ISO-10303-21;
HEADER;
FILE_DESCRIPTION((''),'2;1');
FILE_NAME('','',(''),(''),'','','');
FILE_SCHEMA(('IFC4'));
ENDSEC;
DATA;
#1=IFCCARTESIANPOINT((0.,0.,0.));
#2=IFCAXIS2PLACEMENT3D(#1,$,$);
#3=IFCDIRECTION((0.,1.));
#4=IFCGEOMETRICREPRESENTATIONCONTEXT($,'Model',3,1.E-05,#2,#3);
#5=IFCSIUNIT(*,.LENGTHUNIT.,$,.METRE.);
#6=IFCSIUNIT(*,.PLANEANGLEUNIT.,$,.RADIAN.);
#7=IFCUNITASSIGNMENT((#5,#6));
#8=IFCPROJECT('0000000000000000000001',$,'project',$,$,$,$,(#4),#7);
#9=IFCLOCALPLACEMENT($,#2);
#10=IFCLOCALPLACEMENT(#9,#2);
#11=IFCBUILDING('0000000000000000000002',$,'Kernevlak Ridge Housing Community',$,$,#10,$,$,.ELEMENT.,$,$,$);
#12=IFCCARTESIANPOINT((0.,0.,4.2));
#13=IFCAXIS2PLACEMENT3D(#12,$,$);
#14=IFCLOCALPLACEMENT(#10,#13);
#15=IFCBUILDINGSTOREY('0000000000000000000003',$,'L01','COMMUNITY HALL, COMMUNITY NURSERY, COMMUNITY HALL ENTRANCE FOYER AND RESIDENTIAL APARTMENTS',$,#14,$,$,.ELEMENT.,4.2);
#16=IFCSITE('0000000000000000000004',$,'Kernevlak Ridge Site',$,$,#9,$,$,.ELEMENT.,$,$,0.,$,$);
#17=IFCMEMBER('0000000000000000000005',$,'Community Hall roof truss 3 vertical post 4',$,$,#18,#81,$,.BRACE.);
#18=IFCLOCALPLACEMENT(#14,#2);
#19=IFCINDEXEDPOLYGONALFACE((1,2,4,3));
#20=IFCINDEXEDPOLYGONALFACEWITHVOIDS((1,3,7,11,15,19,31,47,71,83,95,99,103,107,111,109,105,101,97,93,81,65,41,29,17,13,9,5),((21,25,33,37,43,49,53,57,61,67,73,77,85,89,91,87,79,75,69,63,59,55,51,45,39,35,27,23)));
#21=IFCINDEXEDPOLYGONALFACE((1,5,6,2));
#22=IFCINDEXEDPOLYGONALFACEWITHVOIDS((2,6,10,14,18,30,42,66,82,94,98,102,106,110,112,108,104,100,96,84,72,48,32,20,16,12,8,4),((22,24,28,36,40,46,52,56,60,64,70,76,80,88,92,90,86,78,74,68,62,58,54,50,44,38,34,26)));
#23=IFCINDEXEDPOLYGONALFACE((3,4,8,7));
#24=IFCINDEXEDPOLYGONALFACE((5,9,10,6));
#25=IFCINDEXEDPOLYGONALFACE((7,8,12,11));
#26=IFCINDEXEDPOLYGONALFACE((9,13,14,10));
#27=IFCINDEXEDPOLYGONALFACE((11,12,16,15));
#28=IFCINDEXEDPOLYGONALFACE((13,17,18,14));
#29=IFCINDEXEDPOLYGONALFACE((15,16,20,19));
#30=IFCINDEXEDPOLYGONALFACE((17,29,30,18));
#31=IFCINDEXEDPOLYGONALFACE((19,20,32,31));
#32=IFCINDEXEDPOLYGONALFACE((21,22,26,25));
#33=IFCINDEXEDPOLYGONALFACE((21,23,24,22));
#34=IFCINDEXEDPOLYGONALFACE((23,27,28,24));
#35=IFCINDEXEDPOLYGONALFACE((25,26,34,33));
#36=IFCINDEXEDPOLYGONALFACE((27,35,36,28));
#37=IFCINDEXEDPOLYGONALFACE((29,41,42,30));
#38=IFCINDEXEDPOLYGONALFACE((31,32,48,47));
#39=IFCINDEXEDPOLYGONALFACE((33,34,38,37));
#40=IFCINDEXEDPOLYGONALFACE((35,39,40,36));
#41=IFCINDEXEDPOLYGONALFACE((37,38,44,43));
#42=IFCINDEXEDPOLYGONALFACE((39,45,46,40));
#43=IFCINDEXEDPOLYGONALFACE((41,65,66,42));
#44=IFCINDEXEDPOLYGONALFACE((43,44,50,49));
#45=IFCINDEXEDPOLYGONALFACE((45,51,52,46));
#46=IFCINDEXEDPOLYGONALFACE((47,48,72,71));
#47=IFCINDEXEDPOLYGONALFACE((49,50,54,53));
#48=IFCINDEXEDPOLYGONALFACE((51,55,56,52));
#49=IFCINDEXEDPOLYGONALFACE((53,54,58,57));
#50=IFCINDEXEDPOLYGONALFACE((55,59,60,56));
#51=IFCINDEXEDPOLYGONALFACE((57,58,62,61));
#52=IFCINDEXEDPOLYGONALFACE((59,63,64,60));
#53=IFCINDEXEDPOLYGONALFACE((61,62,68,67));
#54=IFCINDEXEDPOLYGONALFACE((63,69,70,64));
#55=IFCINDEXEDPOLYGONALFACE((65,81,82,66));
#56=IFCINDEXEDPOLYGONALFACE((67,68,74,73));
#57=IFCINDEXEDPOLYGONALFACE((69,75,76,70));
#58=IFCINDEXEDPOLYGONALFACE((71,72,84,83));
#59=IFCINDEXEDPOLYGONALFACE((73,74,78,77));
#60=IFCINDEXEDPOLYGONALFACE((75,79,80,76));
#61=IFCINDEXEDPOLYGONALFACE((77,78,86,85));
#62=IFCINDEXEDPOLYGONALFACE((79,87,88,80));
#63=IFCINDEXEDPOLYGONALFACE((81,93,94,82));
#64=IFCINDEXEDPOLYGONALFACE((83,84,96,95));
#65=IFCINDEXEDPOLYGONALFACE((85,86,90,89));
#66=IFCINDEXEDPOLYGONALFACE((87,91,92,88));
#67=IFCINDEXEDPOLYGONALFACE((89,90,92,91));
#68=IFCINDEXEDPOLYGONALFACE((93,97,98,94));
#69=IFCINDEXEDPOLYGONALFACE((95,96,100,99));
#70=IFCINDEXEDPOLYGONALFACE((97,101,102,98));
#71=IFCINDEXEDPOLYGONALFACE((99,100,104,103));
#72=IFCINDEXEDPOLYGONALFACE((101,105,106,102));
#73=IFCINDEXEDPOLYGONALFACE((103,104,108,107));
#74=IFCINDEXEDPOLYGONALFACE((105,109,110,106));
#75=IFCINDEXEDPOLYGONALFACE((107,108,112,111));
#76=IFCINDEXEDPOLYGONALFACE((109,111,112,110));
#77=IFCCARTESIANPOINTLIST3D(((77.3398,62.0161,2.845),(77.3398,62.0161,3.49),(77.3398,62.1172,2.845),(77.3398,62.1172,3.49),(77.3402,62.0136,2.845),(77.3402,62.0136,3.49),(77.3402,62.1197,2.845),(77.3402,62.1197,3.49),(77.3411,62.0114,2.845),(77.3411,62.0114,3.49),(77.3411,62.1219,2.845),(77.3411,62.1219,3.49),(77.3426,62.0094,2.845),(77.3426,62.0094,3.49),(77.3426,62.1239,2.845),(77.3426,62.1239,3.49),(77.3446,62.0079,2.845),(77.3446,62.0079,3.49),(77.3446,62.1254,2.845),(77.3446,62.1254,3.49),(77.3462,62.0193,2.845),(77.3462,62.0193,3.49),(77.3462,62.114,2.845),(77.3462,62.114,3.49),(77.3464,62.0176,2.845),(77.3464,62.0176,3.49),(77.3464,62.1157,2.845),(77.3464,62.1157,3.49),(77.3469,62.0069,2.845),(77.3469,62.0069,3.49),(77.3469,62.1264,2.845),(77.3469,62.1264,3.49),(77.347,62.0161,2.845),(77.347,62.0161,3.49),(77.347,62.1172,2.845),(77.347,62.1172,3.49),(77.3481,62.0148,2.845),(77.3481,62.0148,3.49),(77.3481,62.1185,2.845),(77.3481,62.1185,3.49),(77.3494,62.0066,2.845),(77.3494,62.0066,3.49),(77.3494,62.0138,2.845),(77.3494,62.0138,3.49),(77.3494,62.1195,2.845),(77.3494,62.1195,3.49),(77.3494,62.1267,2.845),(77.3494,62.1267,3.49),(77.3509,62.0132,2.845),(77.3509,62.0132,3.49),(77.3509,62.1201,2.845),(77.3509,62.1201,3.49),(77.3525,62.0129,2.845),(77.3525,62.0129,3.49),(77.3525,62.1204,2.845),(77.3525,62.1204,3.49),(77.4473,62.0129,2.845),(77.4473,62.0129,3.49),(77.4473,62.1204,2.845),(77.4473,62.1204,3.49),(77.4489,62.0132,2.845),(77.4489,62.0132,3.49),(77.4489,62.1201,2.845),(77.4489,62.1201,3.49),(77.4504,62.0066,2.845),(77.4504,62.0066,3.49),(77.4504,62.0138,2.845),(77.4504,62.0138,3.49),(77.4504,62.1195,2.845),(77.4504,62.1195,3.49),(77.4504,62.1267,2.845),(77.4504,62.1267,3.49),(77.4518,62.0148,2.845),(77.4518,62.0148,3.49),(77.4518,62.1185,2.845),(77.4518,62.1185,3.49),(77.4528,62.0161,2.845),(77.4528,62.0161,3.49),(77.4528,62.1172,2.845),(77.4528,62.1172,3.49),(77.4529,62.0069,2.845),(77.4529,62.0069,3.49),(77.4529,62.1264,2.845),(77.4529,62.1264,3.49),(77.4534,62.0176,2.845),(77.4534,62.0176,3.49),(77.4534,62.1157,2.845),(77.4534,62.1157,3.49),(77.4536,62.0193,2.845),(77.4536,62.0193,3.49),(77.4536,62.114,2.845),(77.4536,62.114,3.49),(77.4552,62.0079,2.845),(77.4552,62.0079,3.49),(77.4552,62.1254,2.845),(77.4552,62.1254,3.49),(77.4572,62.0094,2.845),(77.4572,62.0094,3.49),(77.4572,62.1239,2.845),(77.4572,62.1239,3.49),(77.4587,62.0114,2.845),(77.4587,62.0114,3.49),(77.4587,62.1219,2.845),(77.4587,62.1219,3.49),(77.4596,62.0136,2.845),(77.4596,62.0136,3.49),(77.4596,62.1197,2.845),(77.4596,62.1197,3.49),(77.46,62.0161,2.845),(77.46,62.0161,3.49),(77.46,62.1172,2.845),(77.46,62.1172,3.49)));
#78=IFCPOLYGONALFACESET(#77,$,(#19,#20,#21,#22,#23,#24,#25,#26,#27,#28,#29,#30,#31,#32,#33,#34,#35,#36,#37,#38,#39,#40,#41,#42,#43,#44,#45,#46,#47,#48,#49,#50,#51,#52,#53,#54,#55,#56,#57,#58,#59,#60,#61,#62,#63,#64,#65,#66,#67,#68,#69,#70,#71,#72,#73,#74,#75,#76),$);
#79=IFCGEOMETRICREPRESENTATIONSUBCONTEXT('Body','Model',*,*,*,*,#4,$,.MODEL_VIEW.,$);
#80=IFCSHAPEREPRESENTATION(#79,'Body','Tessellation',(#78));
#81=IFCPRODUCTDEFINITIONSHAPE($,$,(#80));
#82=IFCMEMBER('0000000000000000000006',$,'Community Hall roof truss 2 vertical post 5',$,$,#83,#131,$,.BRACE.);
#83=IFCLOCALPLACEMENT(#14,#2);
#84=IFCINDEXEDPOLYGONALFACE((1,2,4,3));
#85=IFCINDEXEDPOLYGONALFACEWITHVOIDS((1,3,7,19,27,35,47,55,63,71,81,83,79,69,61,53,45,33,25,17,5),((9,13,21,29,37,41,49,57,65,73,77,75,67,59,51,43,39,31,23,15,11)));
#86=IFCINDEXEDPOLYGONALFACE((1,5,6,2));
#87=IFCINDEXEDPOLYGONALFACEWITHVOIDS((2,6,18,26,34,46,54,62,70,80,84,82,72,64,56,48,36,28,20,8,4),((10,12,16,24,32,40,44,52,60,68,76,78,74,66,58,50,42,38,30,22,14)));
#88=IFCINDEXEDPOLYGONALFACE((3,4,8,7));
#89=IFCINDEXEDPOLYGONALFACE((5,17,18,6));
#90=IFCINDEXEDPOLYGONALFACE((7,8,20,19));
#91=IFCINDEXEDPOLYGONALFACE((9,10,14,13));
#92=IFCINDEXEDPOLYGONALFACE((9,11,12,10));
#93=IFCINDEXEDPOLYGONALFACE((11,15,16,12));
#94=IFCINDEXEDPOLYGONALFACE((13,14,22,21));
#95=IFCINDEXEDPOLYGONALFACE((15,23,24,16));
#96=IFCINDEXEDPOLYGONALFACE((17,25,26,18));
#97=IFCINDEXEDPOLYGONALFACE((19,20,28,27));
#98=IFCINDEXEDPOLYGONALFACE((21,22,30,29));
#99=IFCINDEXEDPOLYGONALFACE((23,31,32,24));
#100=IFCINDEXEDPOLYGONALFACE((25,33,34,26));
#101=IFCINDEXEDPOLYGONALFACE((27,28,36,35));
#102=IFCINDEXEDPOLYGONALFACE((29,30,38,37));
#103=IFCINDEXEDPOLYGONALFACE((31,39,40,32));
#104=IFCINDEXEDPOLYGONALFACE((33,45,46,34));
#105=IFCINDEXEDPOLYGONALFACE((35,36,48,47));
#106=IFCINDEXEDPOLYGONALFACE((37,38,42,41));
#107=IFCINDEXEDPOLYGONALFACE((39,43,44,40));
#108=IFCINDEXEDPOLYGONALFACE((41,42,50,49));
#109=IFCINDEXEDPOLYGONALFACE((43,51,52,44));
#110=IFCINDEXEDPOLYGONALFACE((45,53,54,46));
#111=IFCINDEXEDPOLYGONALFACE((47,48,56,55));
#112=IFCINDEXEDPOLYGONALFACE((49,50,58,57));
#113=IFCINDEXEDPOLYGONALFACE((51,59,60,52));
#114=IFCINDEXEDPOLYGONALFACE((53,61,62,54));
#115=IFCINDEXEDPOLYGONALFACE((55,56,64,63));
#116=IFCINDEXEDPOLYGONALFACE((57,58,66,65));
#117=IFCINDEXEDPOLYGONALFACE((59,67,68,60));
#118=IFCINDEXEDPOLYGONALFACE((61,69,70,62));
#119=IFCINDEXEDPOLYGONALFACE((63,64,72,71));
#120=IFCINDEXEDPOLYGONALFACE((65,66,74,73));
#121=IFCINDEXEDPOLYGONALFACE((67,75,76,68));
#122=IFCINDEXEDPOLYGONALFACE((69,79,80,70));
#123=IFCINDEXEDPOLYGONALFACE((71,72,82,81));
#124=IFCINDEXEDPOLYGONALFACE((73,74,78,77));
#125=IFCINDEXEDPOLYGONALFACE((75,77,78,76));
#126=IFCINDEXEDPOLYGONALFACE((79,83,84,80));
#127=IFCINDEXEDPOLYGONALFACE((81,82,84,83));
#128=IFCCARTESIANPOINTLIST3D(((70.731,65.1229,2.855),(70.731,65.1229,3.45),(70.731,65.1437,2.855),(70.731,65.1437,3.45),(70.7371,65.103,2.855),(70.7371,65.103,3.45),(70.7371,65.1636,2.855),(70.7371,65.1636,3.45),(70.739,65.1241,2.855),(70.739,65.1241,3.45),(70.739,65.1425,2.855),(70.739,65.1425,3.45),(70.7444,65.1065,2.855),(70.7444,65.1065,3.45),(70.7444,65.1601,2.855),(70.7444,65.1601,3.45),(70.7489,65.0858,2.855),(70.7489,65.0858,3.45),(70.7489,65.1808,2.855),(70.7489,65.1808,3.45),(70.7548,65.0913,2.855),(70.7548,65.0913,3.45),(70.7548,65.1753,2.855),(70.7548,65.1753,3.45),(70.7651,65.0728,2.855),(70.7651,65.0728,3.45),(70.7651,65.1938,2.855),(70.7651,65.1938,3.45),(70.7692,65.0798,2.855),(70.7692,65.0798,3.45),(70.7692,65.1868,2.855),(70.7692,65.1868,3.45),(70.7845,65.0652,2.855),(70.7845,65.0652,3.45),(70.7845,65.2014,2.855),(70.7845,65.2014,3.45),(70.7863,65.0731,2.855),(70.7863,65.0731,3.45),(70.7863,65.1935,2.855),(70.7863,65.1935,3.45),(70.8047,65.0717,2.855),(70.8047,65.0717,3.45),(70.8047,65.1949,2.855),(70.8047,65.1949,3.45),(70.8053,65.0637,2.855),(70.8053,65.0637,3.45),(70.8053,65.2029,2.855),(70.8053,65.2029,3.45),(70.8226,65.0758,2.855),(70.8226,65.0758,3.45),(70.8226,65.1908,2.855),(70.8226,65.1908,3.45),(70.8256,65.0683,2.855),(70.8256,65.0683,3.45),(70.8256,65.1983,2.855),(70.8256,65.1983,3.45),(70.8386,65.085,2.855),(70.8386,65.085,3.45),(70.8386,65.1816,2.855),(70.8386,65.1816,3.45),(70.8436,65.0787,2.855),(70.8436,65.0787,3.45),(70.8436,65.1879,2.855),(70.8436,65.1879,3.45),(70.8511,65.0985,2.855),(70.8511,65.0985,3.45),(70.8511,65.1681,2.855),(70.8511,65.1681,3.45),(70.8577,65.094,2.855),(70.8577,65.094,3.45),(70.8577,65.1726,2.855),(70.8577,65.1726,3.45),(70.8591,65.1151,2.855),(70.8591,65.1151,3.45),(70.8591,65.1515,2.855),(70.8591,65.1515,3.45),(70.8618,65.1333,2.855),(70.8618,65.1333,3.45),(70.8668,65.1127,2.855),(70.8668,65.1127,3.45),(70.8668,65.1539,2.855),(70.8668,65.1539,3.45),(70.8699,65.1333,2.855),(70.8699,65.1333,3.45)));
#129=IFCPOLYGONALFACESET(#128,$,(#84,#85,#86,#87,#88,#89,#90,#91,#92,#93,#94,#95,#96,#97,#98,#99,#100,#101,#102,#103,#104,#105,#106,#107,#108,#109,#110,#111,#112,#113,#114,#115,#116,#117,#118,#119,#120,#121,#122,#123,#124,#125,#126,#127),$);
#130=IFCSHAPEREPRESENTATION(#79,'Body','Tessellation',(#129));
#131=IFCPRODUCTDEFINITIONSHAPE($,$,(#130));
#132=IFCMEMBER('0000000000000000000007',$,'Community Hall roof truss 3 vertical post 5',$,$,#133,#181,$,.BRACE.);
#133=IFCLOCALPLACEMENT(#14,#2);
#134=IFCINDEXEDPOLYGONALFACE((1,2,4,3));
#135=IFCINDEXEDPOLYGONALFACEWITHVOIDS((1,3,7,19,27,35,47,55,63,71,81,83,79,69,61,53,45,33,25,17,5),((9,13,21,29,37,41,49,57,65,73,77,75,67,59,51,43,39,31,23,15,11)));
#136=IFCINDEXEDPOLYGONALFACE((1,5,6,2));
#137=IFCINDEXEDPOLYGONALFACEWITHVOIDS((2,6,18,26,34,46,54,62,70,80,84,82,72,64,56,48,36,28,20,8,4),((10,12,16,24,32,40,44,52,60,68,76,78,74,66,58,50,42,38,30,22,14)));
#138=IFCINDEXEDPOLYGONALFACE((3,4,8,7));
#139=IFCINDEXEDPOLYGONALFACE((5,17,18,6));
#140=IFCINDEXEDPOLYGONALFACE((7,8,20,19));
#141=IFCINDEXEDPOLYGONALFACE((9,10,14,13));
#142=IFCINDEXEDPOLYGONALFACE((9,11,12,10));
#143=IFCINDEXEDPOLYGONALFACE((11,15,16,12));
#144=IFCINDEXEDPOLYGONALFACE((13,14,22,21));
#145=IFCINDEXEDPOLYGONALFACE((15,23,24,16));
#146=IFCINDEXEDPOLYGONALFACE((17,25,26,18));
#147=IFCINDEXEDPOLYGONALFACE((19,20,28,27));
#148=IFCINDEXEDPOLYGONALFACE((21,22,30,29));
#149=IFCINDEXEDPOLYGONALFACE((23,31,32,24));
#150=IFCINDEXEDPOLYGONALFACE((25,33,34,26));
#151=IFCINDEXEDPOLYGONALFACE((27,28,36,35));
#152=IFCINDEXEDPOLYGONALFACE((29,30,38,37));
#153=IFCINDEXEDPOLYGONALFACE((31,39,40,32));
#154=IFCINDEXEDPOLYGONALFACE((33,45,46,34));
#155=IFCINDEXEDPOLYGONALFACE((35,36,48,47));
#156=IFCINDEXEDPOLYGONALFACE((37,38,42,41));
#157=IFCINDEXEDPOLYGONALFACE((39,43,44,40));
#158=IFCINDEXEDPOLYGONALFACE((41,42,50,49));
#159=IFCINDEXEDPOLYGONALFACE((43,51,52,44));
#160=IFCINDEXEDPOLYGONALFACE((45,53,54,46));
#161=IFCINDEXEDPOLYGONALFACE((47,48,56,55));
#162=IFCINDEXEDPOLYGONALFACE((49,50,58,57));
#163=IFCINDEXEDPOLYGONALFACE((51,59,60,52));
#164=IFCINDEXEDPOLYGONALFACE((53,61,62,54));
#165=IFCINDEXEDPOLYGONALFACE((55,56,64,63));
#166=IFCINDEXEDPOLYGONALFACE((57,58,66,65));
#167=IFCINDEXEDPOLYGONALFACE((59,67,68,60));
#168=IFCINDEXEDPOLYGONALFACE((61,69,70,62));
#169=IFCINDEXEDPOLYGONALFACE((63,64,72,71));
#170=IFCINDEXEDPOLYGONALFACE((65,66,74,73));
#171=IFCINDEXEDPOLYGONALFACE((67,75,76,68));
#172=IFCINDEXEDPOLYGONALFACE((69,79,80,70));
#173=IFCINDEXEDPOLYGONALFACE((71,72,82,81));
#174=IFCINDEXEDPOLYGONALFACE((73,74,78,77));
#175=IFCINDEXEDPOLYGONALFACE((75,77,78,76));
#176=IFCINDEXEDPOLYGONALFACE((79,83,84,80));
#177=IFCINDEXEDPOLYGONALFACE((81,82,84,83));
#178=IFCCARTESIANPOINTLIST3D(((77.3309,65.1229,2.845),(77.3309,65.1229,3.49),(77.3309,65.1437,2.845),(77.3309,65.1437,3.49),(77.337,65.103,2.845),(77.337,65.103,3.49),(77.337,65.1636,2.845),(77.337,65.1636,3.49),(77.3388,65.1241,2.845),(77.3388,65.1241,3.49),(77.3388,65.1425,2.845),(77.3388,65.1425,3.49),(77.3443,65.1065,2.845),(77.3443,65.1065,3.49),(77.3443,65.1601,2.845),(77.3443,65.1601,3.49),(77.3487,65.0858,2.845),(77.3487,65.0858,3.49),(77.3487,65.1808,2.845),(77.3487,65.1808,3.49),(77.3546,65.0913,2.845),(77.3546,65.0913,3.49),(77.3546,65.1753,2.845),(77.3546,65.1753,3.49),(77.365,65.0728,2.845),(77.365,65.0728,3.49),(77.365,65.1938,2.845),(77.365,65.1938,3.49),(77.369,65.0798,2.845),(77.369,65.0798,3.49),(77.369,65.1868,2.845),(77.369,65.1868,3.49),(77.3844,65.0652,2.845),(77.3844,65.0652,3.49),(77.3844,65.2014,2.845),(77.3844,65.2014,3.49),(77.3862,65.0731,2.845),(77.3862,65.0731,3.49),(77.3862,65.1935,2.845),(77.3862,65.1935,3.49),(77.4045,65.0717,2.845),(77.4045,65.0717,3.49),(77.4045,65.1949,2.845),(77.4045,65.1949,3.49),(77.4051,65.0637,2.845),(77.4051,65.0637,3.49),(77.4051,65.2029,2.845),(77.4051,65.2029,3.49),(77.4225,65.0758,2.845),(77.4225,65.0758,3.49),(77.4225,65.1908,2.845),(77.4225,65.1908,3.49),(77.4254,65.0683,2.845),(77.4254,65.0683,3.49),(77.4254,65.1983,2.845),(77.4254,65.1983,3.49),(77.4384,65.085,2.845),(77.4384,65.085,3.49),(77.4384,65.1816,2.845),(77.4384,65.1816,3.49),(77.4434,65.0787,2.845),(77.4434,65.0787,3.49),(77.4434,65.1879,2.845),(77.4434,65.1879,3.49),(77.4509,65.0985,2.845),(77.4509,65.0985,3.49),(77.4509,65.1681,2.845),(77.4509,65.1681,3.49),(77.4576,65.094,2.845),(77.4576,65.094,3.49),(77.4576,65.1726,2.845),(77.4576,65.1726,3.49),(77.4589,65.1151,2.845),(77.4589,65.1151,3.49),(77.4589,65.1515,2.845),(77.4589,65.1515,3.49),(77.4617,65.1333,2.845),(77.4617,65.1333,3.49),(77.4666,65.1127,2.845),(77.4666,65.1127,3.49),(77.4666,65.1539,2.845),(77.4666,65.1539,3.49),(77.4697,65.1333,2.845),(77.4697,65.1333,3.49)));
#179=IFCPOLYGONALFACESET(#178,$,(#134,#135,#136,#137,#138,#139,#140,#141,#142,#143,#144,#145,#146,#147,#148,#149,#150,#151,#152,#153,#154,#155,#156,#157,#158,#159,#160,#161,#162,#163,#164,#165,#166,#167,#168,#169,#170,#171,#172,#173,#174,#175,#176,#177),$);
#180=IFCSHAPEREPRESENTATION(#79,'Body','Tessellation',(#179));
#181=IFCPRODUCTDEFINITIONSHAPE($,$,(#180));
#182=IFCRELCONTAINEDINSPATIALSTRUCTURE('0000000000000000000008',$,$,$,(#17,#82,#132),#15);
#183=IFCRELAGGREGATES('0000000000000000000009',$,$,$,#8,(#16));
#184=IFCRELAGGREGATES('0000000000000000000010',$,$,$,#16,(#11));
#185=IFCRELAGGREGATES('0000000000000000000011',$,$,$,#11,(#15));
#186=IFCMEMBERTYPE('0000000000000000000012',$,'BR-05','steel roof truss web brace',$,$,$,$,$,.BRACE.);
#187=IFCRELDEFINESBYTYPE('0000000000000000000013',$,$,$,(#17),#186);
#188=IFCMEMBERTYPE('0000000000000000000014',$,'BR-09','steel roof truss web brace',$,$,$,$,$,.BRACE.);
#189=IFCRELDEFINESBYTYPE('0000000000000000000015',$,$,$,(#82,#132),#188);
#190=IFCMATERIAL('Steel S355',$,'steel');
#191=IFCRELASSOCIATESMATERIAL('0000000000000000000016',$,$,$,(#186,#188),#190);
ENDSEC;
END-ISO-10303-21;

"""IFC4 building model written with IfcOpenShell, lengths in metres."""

from ifc_helpers import new_model, si_unit, direction, frame, origin, origin_2d, place, context, subcontext, project, spatial, hollow_rectangle, hollow_circle, extrude, material, material_profile, profile_set, type_object, element, save


model = new_model("IFC4")

# Units and contexts
model_context = context("Model", 3, precision=1e-05, world=origin(), true_north=direction((0.0, 1.0)))
body_context = subcontext(model_context, "Body", "Model", "MODEL_VIEW")
ifc_project = project(units=[si_unit("LENGTHUNIT", "METRE"), si_unit("PLANEANGLEUNIT", "RADIAN")], contexts=[model_context])

# Site, building, storey
site_placement = place(None, origin())
site = spatial("IfcSite", under=ifc_project, at=site_placement, Name="Kernevlak Ridge Site", CompositionType="ELEMENT", RefElevation=0.0)
building_placement = place(site_placement, origin())
building = spatial("IfcBuilding", under=site, at=building_placement, Name="Kernevlak Ridge Housing Community", CompositionType="ELEMENT")
storey_placement = place(building_placement, frame((0.0, 0.0, 4.2)))
storey = spatial("IfcBuildingStorey", under=building, at=storey_placement, Name="L01", Description="COMMUNITY HALL, COMMUNITY NURSERY, COMMUNITY HALL ENTRANCE FOYER AND RESIDENTIAL APARTMENTS", CompositionType="ELEMENT", Elevation=4.2)

# Shared definitions
ifc_material_1 = material(Name="Steel S355", Category="steel")

# Members
ifc_material_profile_1 = material_profile(ifc_material_1, hollow_rectangle(XDim=0.1201, YDim=0.1201, WallThickness=0.0063, InnerFilletRadius=0.0063, OuterFilletRadius=0.0095, at=origin_2d()), Name="SHS 120x120x6.3")
ifc_profile_set_1 = profile_set([ifc_material_profile_1], Name="Steel S355")
member_type_1 = type_object("IfcMemberType", Name="BR-05", Description="steel roof truss web brace", PredefinedType="BRACE", material=ifc_profile_set_1)
member_1_placement = place(storey_placement, frame((77.3999, 62.0667, 2.845), z_axis=(0.0, 0.0, 1.0), x_axis=(1.0, 0.0, 0.0)))
element("IfcMember", 1, at=member_1_placement, inside=storey, type_object=member_type_1, Name="Community Hall roof truss 3 vertical post 4", PredefinedType="BRACE", context=body_context, shape_type="SweptSolid", body=[
    extrude(hollow_rectangle(XDim=0.1201, YDim=0.1201, WallThickness=0.0063, InnerFilletRadius=0.0063, OuterFilletRadius=0.0095, at=origin_2d()), origin(), (0.0, 0.0, 1.0), 0.645),
])
ifc_material_profile_2 = material_profile(ifc_material_1, hollow_circle(Radius=0.0698, WallThickness=0.0081, at=origin_2d()), Name="CHS 139.7x8")
ifc_profile_set_2 = profile_set([ifc_material_profile_2], Name="Steel S355")
member_type_2 = type_object("IfcMemberType", Name="BR-09", Description="steel roof truss web brace", PredefinedType="BRACE", material=ifc_profile_set_2)
member_2_placement = place(storey_placement, frame((70.8, 65.1333, 2.855), z_axis=(0.0, 0.0, 1.0), x_axis=(1.0, 0.0, 0.0)))
element("IfcMember", 2, at=member_2_placement, inside=storey, type_object=member_type_2, Name="Community Hall roof truss 2 vertical post 5", PredefinedType="BRACE", context=body_context, shape_type="SweptSolid", body=[
    extrude(hollow_circle(Radius=0.0698, WallThickness=0.0081, at=origin_2d()), origin(), (0.0, 0.0, 1.0), 0.595),
])
member_3_placement = place(storey_placement, frame((77.3999, 65.1333, 2.845), z_axis=(0.0, 0.0, 1.0), x_axis=(1.0, 0.0, 0.0)))
element("IfcMember", 3, at=member_3_placement, inside=storey, type_object=member_type_2, Name="Community Hall roof truss 3 vertical post 5", PredefinedType="BRACE", context=body_context, shape_type="SweptSolid", body=[
    extrude(hollow_circle(Radius=0.0698, WallThickness=0.0081, at=origin_2d()), origin(), (0.0, 0.0, 1.0), 0.645),
])

save(model, "model.ifc")
